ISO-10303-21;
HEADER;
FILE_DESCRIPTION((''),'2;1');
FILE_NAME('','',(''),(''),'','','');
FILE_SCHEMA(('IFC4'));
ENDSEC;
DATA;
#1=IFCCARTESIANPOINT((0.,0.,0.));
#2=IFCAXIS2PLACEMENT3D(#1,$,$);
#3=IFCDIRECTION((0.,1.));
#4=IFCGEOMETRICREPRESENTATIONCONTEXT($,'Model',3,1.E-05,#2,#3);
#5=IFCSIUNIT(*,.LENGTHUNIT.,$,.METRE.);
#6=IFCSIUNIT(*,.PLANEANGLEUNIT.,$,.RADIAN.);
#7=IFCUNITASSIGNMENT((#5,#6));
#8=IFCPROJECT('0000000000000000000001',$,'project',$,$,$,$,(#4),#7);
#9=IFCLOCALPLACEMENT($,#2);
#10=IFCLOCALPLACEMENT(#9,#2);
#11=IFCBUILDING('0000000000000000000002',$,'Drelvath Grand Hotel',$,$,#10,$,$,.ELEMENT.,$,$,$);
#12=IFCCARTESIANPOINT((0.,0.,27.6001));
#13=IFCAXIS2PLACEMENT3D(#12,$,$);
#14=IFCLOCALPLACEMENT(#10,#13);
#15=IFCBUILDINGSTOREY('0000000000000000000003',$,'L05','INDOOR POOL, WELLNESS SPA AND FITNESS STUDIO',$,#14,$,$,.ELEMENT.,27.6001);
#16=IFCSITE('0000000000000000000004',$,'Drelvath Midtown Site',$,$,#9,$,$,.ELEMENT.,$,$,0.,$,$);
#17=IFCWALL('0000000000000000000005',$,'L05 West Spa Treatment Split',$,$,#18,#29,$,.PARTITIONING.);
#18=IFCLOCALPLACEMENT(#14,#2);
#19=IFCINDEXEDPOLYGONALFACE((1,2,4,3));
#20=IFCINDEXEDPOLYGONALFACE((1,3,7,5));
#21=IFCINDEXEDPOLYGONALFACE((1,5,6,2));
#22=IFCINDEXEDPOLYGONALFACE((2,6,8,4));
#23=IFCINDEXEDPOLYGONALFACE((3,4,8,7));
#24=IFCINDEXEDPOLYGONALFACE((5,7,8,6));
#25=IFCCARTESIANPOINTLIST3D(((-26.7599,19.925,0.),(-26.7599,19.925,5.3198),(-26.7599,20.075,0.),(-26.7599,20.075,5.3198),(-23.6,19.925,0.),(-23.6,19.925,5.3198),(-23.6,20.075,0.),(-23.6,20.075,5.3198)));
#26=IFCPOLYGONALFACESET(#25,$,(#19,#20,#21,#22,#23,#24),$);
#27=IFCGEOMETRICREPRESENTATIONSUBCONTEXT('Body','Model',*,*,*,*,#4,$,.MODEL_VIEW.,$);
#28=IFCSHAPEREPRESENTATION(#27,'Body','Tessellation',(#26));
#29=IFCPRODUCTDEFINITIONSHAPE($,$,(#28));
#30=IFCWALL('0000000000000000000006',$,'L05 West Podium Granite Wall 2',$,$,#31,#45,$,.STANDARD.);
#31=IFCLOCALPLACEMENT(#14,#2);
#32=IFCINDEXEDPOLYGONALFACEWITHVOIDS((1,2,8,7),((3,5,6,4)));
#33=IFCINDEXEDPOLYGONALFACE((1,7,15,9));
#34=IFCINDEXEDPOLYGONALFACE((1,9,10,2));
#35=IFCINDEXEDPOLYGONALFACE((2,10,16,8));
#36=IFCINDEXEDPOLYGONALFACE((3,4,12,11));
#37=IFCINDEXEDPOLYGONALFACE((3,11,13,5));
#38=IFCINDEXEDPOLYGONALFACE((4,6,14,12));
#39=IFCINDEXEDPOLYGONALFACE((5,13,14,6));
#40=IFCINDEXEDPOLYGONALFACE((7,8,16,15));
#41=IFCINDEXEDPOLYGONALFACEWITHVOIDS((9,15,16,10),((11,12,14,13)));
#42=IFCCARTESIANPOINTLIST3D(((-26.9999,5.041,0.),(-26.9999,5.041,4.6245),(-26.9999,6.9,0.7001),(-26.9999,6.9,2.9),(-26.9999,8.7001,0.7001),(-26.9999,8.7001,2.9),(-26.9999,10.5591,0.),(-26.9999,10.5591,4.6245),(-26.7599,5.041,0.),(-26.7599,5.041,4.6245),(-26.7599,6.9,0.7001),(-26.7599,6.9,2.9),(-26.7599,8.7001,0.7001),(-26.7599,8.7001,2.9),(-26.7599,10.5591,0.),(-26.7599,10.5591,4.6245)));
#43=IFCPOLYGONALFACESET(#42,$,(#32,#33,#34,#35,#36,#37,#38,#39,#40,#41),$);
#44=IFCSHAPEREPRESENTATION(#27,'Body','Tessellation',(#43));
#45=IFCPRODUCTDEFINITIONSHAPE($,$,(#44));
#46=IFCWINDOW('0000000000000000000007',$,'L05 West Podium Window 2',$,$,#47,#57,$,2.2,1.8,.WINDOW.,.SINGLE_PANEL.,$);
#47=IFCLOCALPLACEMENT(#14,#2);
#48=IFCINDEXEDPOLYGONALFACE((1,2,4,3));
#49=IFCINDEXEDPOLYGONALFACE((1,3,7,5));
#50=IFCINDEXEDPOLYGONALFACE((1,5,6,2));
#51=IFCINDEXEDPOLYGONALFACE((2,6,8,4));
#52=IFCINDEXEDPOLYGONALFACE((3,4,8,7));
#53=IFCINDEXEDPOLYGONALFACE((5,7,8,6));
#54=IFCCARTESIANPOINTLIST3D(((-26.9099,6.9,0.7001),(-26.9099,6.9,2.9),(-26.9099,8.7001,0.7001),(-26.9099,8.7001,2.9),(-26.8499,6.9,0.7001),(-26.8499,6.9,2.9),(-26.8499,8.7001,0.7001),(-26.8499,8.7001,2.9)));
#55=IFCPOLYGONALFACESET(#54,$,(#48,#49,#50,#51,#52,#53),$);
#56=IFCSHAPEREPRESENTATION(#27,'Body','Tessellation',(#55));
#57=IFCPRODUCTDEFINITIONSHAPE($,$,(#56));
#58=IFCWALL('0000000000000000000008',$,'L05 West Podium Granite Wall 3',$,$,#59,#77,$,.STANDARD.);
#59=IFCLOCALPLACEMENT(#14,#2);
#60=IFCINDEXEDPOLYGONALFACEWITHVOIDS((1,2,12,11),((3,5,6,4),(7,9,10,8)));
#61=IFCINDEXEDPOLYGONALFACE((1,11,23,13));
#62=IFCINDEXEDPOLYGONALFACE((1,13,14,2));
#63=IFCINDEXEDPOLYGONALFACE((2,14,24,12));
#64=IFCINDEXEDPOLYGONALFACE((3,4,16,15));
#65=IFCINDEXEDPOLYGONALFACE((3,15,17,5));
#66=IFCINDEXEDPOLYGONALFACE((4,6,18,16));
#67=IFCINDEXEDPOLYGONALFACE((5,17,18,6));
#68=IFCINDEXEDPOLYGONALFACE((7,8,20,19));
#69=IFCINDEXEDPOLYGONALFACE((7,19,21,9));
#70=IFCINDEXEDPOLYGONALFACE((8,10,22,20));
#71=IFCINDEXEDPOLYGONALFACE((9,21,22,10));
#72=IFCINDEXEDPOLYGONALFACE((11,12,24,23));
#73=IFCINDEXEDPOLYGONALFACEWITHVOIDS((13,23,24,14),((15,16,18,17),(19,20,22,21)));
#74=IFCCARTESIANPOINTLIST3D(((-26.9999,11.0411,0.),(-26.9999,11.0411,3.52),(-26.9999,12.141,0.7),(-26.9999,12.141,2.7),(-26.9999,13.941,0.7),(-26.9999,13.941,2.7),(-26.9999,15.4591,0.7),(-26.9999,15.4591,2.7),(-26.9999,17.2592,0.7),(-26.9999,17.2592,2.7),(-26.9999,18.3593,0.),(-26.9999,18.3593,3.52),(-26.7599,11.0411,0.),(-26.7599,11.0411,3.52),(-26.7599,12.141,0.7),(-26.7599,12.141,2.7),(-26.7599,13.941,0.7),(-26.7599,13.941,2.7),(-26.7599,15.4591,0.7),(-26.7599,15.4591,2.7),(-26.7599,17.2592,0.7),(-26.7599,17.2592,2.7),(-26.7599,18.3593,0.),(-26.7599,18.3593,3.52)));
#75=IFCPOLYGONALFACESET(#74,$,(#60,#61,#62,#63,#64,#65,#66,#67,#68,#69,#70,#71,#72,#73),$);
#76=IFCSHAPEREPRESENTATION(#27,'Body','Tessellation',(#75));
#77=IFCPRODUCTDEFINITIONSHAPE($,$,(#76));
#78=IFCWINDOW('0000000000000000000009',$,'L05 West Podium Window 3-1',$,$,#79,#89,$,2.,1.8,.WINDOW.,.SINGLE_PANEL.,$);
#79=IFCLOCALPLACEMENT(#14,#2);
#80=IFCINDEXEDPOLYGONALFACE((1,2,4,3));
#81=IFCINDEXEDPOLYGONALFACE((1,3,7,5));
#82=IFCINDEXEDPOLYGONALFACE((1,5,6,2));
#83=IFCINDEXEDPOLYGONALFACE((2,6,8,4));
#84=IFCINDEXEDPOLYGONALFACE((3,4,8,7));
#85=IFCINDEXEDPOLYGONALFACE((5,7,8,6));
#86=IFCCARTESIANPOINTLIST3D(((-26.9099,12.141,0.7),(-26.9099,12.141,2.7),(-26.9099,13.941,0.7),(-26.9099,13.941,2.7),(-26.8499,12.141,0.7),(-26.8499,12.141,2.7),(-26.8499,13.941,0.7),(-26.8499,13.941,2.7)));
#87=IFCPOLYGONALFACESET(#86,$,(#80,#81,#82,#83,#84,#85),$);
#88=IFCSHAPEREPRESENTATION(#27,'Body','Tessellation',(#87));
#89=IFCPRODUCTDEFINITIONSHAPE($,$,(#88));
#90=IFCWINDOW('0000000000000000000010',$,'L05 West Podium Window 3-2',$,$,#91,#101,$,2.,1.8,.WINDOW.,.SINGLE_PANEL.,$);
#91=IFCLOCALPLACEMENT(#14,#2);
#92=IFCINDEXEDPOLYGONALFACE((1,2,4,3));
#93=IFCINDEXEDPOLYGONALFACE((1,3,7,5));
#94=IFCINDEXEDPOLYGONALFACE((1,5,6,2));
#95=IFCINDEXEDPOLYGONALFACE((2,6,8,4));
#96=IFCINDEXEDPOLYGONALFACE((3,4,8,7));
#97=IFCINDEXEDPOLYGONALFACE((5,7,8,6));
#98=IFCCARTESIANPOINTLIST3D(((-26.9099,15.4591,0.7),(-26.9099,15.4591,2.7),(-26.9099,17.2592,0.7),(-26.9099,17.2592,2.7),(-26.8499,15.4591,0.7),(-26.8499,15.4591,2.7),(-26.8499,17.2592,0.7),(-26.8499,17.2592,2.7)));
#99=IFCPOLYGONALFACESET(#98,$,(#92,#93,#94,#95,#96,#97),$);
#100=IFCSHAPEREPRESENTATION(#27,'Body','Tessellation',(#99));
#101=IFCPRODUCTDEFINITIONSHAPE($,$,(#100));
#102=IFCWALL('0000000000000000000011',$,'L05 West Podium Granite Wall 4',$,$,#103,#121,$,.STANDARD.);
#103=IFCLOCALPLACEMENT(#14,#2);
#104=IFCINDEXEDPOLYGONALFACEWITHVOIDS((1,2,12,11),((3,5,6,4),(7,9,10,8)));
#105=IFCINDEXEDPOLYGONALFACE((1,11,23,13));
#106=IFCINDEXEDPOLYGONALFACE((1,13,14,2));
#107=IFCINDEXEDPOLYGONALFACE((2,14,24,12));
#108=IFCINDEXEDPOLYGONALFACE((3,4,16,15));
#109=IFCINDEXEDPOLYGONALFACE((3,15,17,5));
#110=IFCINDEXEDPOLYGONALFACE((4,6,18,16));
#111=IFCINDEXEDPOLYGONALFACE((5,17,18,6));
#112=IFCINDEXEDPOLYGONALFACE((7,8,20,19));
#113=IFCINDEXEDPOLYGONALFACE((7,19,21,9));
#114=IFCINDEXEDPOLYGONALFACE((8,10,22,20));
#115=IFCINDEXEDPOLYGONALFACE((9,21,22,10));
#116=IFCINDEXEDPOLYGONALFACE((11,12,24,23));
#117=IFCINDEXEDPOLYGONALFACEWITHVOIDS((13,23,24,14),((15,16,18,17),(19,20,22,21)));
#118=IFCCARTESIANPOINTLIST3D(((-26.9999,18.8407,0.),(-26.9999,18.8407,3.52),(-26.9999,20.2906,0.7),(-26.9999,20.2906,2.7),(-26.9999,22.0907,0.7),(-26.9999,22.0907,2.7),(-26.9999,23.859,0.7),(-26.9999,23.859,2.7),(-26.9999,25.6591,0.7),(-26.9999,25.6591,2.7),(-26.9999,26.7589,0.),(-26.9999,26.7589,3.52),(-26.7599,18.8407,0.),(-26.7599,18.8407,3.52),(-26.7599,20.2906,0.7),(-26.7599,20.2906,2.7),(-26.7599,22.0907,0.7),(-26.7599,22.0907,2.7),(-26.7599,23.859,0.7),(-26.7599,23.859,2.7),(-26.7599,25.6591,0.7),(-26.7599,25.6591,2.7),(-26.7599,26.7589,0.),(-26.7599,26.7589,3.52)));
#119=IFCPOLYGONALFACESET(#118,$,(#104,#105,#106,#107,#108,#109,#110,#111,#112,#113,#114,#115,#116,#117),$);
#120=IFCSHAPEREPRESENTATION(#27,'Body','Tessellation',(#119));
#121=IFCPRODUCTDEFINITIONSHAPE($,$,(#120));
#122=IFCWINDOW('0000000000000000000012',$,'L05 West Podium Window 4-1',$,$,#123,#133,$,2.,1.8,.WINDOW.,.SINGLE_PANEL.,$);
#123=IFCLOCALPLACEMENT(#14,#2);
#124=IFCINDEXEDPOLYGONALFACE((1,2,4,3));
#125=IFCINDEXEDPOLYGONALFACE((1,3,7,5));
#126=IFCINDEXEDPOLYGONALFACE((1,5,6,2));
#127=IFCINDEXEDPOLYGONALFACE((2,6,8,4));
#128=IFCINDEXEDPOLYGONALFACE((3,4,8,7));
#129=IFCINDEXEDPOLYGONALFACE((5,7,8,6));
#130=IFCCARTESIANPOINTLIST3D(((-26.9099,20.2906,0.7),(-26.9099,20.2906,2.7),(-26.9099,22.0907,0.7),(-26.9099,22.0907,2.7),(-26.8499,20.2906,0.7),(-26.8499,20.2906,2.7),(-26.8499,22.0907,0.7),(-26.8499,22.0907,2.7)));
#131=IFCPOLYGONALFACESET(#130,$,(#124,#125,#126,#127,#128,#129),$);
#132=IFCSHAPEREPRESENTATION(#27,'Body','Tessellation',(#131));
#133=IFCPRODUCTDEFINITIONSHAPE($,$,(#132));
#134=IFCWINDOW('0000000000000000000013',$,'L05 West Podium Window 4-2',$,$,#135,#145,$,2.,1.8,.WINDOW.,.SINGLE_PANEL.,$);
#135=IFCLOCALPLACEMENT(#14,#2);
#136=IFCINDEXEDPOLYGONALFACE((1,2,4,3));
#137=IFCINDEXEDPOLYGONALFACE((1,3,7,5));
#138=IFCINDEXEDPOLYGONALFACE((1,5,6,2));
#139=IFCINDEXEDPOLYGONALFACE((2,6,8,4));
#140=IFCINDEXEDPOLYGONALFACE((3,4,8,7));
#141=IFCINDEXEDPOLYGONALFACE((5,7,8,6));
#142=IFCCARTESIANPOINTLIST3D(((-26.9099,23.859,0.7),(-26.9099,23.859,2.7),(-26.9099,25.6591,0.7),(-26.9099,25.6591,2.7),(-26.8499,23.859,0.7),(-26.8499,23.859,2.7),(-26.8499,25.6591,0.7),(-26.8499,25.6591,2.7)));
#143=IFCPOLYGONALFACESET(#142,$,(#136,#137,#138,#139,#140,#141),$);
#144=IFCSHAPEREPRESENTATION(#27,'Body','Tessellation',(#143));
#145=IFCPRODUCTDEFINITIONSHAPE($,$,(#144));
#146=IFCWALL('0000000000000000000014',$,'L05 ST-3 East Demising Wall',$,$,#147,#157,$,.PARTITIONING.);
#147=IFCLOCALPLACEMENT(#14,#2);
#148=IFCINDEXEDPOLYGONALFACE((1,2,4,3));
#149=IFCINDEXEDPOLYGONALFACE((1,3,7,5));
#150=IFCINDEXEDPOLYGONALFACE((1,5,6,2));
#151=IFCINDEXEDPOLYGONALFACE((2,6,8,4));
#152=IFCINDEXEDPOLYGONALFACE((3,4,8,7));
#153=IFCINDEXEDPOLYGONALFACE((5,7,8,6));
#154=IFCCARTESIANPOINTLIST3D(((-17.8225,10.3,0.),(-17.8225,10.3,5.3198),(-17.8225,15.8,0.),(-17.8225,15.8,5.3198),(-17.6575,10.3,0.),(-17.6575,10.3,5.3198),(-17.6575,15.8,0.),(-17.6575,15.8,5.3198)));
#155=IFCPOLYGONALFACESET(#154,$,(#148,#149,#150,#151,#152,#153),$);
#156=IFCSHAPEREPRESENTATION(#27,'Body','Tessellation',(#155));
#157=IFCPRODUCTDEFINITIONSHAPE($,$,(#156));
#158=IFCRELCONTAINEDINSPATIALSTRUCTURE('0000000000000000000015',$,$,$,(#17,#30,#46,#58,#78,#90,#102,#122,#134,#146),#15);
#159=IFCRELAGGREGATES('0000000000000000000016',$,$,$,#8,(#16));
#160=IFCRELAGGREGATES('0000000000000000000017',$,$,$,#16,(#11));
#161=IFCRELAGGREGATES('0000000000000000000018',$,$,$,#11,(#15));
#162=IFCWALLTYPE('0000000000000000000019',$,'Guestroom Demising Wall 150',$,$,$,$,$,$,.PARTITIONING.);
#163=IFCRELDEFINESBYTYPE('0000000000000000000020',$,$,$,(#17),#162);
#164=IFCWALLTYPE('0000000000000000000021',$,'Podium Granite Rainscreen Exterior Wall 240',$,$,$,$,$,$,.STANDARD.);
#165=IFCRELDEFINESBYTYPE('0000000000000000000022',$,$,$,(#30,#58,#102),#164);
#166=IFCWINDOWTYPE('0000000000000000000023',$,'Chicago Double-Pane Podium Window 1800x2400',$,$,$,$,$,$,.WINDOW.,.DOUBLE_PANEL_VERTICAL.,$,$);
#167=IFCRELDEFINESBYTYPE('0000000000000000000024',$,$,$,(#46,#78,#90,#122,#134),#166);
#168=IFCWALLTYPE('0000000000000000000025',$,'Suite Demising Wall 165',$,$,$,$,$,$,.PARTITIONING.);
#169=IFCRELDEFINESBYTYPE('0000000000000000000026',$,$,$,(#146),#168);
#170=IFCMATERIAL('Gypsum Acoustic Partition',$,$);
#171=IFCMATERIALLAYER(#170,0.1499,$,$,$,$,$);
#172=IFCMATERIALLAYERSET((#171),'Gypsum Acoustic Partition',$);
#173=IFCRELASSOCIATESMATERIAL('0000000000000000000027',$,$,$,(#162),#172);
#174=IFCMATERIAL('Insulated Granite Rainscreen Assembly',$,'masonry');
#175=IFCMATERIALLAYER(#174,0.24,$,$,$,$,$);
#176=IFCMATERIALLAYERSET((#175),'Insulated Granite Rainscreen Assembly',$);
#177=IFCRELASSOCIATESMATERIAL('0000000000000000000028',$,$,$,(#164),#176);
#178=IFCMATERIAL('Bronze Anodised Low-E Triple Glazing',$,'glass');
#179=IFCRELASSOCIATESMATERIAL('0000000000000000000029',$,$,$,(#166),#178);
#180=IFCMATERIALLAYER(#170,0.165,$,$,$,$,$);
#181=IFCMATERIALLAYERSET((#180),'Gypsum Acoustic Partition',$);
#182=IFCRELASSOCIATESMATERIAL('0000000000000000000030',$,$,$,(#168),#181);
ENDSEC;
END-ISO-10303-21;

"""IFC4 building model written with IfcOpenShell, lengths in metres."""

from ifc_helpers import new_model, si_unit, direction, frame, frame_2d, origin, place, context, subcontext, project, spatial, rectangle, extrude, material, layer, layer_set, type_object, element, fill, save


model = new_model("IFC4")

# Units and contexts
model_context = context("Model", 3, precision=1e-05, world=origin(), true_north=direction((0.0, 1.0)))
body_context = subcontext(model_context, "Body", "Model", "MODEL_VIEW")
ifc_project = project(units=[si_unit("LENGTHUNIT", "METRE"), si_unit("PLANEANGLEUNIT", "RADIAN")], contexts=[model_context])

# Site, building, storey
site_placement = place(None, origin())
site = spatial("IfcSite", under=ifc_project, at=site_placement, Name="Drelvath Midtown Site", CompositionType="ELEMENT", RefElevation=0.0)
building_placement = place(site_placement, origin())
building = spatial("IfcBuilding", under=site, at=building_placement, Name="Drelvath Grand Hotel", CompositionType="ELEMENT")
storey_placement = place(building_placement, frame((0.0, 0.0, 27.6001)))
storey = spatial("IfcBuildingStorey", under=building, at=storey_placement, Name="L05", Description="INDOOR POOL, WELLNESS SPA AND FITNESS STUDIO", CompositionType="ELEMENT", Elevation=27.6001)

# Wall
ifc_material_1 = material(Name="Gypsum Acoustic Partition")
ifc_layer_1 = layer(ifc_material_1, 0.1499)
ifc_layer_set_1 = layer_set([ifc_layer_1], Name="Gypsum Acoustic Partition")
wall_type_1 = type_object("IfcWallType", Name="Guestroom Demising Wall 150", PredefinedType="PARTITIONING", material=ifc_layer_set_1)
wall_1_placement = place(storey_placement, frame((-26.76, 20.0, 0.0), z_axis=(0.0, 0.0, 1.0), x_axis=(1.0, 0.0, 0.0)))
element("IfcWall", 1, at=wall_1_placement, inside=storey, type_object=wall_type_1, Name="L05 West Spa Treatment Split", PredefinedType="PARTITIONING", context=body_context, shape_type="SweptSolid", body=[
    extrude(rectangle(XDim=3.1599, YDim=0.1499, at=frame_2d((1.5801, 0.0))), origin(), (0.0, 0.0, 1.0), 5.3198),
])

# Wall, opening, window
ifc_material_2 = material(Name="Insulated Granite Rainscreen Assembly", Category="masonry")
ifc_layer_2 = layer(ifc_material_2, 0.24)
ifc_layer_set_2 = layer_set([ifc_layer_2], Name="Insulated Granite Rainscreen Assembly")
wall_type_2 = type_object("IfcWallType", Name="Podium Granite Rainscreen Exterior Wall 240", PredefinedType="STANDARD", material=ifc_layer_set_2)
wall_2_placement = place(storey_placement, frame((-26.8799, 5.041, 0.0), z_axis=(0.0, 0.0, 1.0), x_axis=(0.0, 1.0, 0.0)))
wall_2 = element("IfcWall", 2, at=wall_2_placement, inside=storey, type_object=wall_type_2, Name="L05 West Podium Granite Wall 2", PredefinedType="STANDARD", context=body_context, shape_type="SweptSolid", body=[
    extrude(rectangle(XDim=5.5181, YDim=0.24, at=frame_2d((2.759, 0.0))), origin(), (0.0, 0.0, 1.0), 4.6245),
])
opening_1_placement = place(wall_2_placement, frame((1.8591, 0.0, 0.7)))
opening_1 = element("IfcOpeningElement", 3, at=opening_1_placement, cuts=wall_2, PredefinedType="OPENING", context=body_context, shape_type="SweptSolid", body=[
    extrude(rectangle(XDim=1.8, YDim=2.2, at=frame_2d((0.8999, 1.1001))), frame((0.0, 0.1299, 0.0), z_axis=(0.0, -1.0, 0.0), x_axis=(1.0, 0.0, 0.0)), (0.0, 0.0, 1.0), 0.26),
])
ifc_material_3 = material(Name="Bronze Anodised Low-E Triple Glazing", Category="glass")
window_type = type_object("IfcWindowType", Name="Chicago Double-Pane Podium Window 1800x2400", PartitioningType="DOUBLE_PANEL_VERTICAL", PredefinedType="WINDOW", material=ifc_material_3)
window_1_placement = place(opening_1_placement, origin())
window_1 = element("IfcWindow", 4, at=window_1_placement, inside=storey, type_object=window_type, Name="L05 West Podium Window 2", OverallHeight=2.2, OverallWidth=1.8, PartitioningType="SINGLE_PANEL", PredefinedType="WINDOW", context=body_context, shape_type="SweptSolid", body=[
    extrude(rectangle(XDim=1.8, YDim=2.2, at=frame_2d((0.8999, 1.1001))), frame((0.0, 0.03, 0.0), z_axis=(0.0, -1.0, 0.0), x_axis=(1.0, 0.0, 0.0)), (0.0, 0.0, 1.0), 0.0601),
])
fill(opening_1, window_1)

# Walls, openings, windows
wall_3_placement = place(storey_placement, frame((-26.8799, 11.041, 0.0), z_axis=(0.0, 0.0, 1.0), x_axis=(0.0, 1.0, 0.0)))
wall_3 = element("IfcWall", 5, at=wall_3_placement, inside=storey, type_object=wall_type_2, Name="L05 West Podium Granite Wall 3", PredefinedType="STANDARD", context=body_context, shape_type="SweptSolid", body=[
    extrude(rectangle(XDim=7.3181, YDim=0.24, at=frame_2d((3.6592, 0.0))), origin(), (0.0, 0.0, 1.0), 3.52),
])
opening_2_placement = place(wall_3_placement, frame((1.1001, 0.0, 0.7)))
opening_2 = element("IfcOpeningElement", 6, at=opening_2_placement, cuts=wall_3, PredefinedType="OPENING", context=body_context, shape_type="SweptSolid", body=[
    extrude(rectangle(XDim=1.8, YDim=2.0, at=frame_2d((0.8999, 1.0))), frame((0.0, 0.1299, 0.0), z_axis=(0.0, -1.0, 0.0), x_axis=(1.0, 0.0, 0.0)), (0.0, 0.0, 1.0), 0.26),
])
opening_3_placement = place(wall_3_placement, frame((4.4182, 0.0, 0.7)))
opening_3 = element("IfcOpeningElement", 7, at=opening_3_placement, cuts=wall_3, PredefinedType="OPENING", context=body_context, shape_type="SweptSolid", body=[
    extrude(rectangle(XDim=1.8, YDim=2.0, at=frame_2d((0.8999, 1.0))), frame((0.0, 0.1299, 0.0), z_axis=(0.0, -1.0, 0.0), x_axis=(1.0, 0.0, 0.0)), (0.0, 0.0, 1.0), 0.26),
])
window_2_placement = place(opening_2_placement, origin())
window_2 = element("IfcWindow", 8, at=window_2_placement, inside=storey, type_object=window_type, Name="L05 West Podium Window 3-1", OverallHeight=2.0, OverallWidth=1.8, PartitioningType="SINGLE_PANEL", PredefinedType="WINDOW", context=body_context, shape_type="SweptSolid", body=[
    extrude(rectangle(XDim=1.8, YDim=2.0, at=frame_2d((0.8999, 1.0))), frame((0.0, 0.03, 0.0), z_axis=(0.0, -1.0, 0.0), x_axis=(1.0, 0.0, 0.0)), (0.0, 0.0, 1.0), 0.0601),
])
fill(opening_2, window_2)
window_3_placement = place(opening_3_placement, origin())
window_3 = element("IfcWindow", 9, at=window_3_placement, inside=storey, type_object=window_type, Name="L05 West Podium Window 3-2", OverallHeight=2.0, OverallWidth=1.8, PartitioningType="SINGLE_PANEL", PredefinedType="WINDOW", context=body_context, shape_type="SweptSolid", body=[
    extrude(rectangle(XDim=1.8, YDim=2.0, at=frame_2d((0.8999, 1.0))), frame((0.0, 0.03, 0.0), z_axis=(0.0, -1.0, 0.0), x_axis=(1.0, 0.0, 0.0)), (0.0, 0.0, 1.0), 0.0601),
])
fill(opening_3, window_3)
wall_4_placement = place(storey_placement, frame((-26.8799, 18.8408, 0.0), z_axis=(0.0, 0.0, 1.0), x_axis=(0.0, 1.0, 0.0)))
wall_4 = element("IfcWall", 10, at=wall_4_placement, inside=storey, type_object=wall_type_2, Name="L05 West Podium Granite Wall 4", PredefinedType="STANDARD", context=body_context, shape_type="SweptSolid", body=[
    extrude(rectangle(XDim=7.9182, YDim=0.24, at=frame_2d((3.959, 0.0))), origin(), (0.0, 0.0, 1.0), 3.52),
])
opening_4_placement = place(wall_4_placement, frame((1.45, 0.0, 0.7)))
opening_4 = element("IfcOpeningElement", 11, at=opening_4_placement, cuts=wall_4, PredefinedType="OPENING", context=body_context, shape_type="SweptSolid", body=[
    extrude(rectangle(XDim=1.8, YDim=2.0, at=frame_2d((0.8999, 1.0))), frame((0.0, 0.1299, 0.0), z_axis=(0.0, -1.0, 0.0), x_axis=(1.0, 0.0, 0.0)), (0.0, 0.0, 1.0), 0.26),
])
opening_5_placement = place(wall_4_placement, frame((5.0183, 0.0, 0.7)))
opening_5 = element("IfcOpeningElement", 12, at=opening_5_placement, cuts=wall_4, PredefinedType="OPENING", context=body_context, shape_type="SweptSolid", body=[
    extrude(rectangle(XDim=1.8, YDim=2.0, at=frame_2d((0.8999, 1.0))), frame((0.0, 0.1299, 0.0), z_axis=(0.0, -1.0, 0.0), x_axis=(1.0, 0.0, 0.0)), (0.0, 0.0, 1.0), 0.26),
])
window_4_placement = place(opening_4_placement, origin())
window_4 = element("IfcWindow", 13, at=window_4_placement, inside=storey, type_object=window_type, Name="L05 West Podium Window 4-1", OverallHeight=2.0, OverallWidth=1.8, PartitioningType="SINGLE_PANEL", PredefinedType="WINDOW", context=body_context, shape_type="SweptSolid", body=[
    extrude(rectangle(XDim=1.8, YDim=2.0, at=frame_2d((0.8999, 1.0))), frame((0.0, 0.03, 0.0), z_axis=(0.0, -1.0, 0.0), x_axis=(1.0, 0.0, 0.0)), (0.0, 0.0, 1.0), 0.0601),
])
fill(opening_4, window_4)
window_5_placement = place(opening_5_placement, origin())
window_5 = element("IfcWindow", 14, at=window_5_placement, inside=storey, type_object=window_type, Name="L05 West Podium Window 4-2", OverallHeight=2.0, OverallWidth=1.8, PartitioningType="SINGLE_PANEL", PredefinedType="WINDOW", context=body_context, shape_type="SweptSolid", body=[
    extrude(rectangle(XDim=1.8, YDim=2.0, at=frame_2d((0.8999, 1.0))), frame((0.0, 0.03, 0.0), z_axis=(0.0, -1.0, 0.0), x_axis=(1.0, 0.0, 0.0)), (0.0, 0.0, 1.0), 0.0601),
])
fill(opening_5, window_5)

# Wall
ifc_layer_3 = layer(ifc_material_1, 0.165)
ifc_layer_set_3 = layer_set([ifc_layer_3], Name="Gypsum Acoustic Partition")
wall_type_3 = type_object("IfcWallType", Name="Suite Demising Wall 165", PredefinedType="PARTITIONING", material=ifc_layer_set_3)
wall_5_placement = place(storey_placement, frame((-17.74, 10.3, 0.0), z_axis=(0.0, 0.0, 1.0), x_axis=(0.0, 1.0, 0.0)))
element("IfcWall", 15, at=wall_5_placement, inside=storey, type_object=wall_type_3, Name="L05 ST-3 East Demising Wall", PredefinedType="PARTITIONING", context=body_context, shape_type="SweptSolid", body=[
    extrude(rectangle(XDim=5.5, YDim=0.165, at=frame_2d((2.75, 0.0))), origin(), (0.0, 0.0, 1.0), 5.3198),
])

save(model, "model.ifc")
